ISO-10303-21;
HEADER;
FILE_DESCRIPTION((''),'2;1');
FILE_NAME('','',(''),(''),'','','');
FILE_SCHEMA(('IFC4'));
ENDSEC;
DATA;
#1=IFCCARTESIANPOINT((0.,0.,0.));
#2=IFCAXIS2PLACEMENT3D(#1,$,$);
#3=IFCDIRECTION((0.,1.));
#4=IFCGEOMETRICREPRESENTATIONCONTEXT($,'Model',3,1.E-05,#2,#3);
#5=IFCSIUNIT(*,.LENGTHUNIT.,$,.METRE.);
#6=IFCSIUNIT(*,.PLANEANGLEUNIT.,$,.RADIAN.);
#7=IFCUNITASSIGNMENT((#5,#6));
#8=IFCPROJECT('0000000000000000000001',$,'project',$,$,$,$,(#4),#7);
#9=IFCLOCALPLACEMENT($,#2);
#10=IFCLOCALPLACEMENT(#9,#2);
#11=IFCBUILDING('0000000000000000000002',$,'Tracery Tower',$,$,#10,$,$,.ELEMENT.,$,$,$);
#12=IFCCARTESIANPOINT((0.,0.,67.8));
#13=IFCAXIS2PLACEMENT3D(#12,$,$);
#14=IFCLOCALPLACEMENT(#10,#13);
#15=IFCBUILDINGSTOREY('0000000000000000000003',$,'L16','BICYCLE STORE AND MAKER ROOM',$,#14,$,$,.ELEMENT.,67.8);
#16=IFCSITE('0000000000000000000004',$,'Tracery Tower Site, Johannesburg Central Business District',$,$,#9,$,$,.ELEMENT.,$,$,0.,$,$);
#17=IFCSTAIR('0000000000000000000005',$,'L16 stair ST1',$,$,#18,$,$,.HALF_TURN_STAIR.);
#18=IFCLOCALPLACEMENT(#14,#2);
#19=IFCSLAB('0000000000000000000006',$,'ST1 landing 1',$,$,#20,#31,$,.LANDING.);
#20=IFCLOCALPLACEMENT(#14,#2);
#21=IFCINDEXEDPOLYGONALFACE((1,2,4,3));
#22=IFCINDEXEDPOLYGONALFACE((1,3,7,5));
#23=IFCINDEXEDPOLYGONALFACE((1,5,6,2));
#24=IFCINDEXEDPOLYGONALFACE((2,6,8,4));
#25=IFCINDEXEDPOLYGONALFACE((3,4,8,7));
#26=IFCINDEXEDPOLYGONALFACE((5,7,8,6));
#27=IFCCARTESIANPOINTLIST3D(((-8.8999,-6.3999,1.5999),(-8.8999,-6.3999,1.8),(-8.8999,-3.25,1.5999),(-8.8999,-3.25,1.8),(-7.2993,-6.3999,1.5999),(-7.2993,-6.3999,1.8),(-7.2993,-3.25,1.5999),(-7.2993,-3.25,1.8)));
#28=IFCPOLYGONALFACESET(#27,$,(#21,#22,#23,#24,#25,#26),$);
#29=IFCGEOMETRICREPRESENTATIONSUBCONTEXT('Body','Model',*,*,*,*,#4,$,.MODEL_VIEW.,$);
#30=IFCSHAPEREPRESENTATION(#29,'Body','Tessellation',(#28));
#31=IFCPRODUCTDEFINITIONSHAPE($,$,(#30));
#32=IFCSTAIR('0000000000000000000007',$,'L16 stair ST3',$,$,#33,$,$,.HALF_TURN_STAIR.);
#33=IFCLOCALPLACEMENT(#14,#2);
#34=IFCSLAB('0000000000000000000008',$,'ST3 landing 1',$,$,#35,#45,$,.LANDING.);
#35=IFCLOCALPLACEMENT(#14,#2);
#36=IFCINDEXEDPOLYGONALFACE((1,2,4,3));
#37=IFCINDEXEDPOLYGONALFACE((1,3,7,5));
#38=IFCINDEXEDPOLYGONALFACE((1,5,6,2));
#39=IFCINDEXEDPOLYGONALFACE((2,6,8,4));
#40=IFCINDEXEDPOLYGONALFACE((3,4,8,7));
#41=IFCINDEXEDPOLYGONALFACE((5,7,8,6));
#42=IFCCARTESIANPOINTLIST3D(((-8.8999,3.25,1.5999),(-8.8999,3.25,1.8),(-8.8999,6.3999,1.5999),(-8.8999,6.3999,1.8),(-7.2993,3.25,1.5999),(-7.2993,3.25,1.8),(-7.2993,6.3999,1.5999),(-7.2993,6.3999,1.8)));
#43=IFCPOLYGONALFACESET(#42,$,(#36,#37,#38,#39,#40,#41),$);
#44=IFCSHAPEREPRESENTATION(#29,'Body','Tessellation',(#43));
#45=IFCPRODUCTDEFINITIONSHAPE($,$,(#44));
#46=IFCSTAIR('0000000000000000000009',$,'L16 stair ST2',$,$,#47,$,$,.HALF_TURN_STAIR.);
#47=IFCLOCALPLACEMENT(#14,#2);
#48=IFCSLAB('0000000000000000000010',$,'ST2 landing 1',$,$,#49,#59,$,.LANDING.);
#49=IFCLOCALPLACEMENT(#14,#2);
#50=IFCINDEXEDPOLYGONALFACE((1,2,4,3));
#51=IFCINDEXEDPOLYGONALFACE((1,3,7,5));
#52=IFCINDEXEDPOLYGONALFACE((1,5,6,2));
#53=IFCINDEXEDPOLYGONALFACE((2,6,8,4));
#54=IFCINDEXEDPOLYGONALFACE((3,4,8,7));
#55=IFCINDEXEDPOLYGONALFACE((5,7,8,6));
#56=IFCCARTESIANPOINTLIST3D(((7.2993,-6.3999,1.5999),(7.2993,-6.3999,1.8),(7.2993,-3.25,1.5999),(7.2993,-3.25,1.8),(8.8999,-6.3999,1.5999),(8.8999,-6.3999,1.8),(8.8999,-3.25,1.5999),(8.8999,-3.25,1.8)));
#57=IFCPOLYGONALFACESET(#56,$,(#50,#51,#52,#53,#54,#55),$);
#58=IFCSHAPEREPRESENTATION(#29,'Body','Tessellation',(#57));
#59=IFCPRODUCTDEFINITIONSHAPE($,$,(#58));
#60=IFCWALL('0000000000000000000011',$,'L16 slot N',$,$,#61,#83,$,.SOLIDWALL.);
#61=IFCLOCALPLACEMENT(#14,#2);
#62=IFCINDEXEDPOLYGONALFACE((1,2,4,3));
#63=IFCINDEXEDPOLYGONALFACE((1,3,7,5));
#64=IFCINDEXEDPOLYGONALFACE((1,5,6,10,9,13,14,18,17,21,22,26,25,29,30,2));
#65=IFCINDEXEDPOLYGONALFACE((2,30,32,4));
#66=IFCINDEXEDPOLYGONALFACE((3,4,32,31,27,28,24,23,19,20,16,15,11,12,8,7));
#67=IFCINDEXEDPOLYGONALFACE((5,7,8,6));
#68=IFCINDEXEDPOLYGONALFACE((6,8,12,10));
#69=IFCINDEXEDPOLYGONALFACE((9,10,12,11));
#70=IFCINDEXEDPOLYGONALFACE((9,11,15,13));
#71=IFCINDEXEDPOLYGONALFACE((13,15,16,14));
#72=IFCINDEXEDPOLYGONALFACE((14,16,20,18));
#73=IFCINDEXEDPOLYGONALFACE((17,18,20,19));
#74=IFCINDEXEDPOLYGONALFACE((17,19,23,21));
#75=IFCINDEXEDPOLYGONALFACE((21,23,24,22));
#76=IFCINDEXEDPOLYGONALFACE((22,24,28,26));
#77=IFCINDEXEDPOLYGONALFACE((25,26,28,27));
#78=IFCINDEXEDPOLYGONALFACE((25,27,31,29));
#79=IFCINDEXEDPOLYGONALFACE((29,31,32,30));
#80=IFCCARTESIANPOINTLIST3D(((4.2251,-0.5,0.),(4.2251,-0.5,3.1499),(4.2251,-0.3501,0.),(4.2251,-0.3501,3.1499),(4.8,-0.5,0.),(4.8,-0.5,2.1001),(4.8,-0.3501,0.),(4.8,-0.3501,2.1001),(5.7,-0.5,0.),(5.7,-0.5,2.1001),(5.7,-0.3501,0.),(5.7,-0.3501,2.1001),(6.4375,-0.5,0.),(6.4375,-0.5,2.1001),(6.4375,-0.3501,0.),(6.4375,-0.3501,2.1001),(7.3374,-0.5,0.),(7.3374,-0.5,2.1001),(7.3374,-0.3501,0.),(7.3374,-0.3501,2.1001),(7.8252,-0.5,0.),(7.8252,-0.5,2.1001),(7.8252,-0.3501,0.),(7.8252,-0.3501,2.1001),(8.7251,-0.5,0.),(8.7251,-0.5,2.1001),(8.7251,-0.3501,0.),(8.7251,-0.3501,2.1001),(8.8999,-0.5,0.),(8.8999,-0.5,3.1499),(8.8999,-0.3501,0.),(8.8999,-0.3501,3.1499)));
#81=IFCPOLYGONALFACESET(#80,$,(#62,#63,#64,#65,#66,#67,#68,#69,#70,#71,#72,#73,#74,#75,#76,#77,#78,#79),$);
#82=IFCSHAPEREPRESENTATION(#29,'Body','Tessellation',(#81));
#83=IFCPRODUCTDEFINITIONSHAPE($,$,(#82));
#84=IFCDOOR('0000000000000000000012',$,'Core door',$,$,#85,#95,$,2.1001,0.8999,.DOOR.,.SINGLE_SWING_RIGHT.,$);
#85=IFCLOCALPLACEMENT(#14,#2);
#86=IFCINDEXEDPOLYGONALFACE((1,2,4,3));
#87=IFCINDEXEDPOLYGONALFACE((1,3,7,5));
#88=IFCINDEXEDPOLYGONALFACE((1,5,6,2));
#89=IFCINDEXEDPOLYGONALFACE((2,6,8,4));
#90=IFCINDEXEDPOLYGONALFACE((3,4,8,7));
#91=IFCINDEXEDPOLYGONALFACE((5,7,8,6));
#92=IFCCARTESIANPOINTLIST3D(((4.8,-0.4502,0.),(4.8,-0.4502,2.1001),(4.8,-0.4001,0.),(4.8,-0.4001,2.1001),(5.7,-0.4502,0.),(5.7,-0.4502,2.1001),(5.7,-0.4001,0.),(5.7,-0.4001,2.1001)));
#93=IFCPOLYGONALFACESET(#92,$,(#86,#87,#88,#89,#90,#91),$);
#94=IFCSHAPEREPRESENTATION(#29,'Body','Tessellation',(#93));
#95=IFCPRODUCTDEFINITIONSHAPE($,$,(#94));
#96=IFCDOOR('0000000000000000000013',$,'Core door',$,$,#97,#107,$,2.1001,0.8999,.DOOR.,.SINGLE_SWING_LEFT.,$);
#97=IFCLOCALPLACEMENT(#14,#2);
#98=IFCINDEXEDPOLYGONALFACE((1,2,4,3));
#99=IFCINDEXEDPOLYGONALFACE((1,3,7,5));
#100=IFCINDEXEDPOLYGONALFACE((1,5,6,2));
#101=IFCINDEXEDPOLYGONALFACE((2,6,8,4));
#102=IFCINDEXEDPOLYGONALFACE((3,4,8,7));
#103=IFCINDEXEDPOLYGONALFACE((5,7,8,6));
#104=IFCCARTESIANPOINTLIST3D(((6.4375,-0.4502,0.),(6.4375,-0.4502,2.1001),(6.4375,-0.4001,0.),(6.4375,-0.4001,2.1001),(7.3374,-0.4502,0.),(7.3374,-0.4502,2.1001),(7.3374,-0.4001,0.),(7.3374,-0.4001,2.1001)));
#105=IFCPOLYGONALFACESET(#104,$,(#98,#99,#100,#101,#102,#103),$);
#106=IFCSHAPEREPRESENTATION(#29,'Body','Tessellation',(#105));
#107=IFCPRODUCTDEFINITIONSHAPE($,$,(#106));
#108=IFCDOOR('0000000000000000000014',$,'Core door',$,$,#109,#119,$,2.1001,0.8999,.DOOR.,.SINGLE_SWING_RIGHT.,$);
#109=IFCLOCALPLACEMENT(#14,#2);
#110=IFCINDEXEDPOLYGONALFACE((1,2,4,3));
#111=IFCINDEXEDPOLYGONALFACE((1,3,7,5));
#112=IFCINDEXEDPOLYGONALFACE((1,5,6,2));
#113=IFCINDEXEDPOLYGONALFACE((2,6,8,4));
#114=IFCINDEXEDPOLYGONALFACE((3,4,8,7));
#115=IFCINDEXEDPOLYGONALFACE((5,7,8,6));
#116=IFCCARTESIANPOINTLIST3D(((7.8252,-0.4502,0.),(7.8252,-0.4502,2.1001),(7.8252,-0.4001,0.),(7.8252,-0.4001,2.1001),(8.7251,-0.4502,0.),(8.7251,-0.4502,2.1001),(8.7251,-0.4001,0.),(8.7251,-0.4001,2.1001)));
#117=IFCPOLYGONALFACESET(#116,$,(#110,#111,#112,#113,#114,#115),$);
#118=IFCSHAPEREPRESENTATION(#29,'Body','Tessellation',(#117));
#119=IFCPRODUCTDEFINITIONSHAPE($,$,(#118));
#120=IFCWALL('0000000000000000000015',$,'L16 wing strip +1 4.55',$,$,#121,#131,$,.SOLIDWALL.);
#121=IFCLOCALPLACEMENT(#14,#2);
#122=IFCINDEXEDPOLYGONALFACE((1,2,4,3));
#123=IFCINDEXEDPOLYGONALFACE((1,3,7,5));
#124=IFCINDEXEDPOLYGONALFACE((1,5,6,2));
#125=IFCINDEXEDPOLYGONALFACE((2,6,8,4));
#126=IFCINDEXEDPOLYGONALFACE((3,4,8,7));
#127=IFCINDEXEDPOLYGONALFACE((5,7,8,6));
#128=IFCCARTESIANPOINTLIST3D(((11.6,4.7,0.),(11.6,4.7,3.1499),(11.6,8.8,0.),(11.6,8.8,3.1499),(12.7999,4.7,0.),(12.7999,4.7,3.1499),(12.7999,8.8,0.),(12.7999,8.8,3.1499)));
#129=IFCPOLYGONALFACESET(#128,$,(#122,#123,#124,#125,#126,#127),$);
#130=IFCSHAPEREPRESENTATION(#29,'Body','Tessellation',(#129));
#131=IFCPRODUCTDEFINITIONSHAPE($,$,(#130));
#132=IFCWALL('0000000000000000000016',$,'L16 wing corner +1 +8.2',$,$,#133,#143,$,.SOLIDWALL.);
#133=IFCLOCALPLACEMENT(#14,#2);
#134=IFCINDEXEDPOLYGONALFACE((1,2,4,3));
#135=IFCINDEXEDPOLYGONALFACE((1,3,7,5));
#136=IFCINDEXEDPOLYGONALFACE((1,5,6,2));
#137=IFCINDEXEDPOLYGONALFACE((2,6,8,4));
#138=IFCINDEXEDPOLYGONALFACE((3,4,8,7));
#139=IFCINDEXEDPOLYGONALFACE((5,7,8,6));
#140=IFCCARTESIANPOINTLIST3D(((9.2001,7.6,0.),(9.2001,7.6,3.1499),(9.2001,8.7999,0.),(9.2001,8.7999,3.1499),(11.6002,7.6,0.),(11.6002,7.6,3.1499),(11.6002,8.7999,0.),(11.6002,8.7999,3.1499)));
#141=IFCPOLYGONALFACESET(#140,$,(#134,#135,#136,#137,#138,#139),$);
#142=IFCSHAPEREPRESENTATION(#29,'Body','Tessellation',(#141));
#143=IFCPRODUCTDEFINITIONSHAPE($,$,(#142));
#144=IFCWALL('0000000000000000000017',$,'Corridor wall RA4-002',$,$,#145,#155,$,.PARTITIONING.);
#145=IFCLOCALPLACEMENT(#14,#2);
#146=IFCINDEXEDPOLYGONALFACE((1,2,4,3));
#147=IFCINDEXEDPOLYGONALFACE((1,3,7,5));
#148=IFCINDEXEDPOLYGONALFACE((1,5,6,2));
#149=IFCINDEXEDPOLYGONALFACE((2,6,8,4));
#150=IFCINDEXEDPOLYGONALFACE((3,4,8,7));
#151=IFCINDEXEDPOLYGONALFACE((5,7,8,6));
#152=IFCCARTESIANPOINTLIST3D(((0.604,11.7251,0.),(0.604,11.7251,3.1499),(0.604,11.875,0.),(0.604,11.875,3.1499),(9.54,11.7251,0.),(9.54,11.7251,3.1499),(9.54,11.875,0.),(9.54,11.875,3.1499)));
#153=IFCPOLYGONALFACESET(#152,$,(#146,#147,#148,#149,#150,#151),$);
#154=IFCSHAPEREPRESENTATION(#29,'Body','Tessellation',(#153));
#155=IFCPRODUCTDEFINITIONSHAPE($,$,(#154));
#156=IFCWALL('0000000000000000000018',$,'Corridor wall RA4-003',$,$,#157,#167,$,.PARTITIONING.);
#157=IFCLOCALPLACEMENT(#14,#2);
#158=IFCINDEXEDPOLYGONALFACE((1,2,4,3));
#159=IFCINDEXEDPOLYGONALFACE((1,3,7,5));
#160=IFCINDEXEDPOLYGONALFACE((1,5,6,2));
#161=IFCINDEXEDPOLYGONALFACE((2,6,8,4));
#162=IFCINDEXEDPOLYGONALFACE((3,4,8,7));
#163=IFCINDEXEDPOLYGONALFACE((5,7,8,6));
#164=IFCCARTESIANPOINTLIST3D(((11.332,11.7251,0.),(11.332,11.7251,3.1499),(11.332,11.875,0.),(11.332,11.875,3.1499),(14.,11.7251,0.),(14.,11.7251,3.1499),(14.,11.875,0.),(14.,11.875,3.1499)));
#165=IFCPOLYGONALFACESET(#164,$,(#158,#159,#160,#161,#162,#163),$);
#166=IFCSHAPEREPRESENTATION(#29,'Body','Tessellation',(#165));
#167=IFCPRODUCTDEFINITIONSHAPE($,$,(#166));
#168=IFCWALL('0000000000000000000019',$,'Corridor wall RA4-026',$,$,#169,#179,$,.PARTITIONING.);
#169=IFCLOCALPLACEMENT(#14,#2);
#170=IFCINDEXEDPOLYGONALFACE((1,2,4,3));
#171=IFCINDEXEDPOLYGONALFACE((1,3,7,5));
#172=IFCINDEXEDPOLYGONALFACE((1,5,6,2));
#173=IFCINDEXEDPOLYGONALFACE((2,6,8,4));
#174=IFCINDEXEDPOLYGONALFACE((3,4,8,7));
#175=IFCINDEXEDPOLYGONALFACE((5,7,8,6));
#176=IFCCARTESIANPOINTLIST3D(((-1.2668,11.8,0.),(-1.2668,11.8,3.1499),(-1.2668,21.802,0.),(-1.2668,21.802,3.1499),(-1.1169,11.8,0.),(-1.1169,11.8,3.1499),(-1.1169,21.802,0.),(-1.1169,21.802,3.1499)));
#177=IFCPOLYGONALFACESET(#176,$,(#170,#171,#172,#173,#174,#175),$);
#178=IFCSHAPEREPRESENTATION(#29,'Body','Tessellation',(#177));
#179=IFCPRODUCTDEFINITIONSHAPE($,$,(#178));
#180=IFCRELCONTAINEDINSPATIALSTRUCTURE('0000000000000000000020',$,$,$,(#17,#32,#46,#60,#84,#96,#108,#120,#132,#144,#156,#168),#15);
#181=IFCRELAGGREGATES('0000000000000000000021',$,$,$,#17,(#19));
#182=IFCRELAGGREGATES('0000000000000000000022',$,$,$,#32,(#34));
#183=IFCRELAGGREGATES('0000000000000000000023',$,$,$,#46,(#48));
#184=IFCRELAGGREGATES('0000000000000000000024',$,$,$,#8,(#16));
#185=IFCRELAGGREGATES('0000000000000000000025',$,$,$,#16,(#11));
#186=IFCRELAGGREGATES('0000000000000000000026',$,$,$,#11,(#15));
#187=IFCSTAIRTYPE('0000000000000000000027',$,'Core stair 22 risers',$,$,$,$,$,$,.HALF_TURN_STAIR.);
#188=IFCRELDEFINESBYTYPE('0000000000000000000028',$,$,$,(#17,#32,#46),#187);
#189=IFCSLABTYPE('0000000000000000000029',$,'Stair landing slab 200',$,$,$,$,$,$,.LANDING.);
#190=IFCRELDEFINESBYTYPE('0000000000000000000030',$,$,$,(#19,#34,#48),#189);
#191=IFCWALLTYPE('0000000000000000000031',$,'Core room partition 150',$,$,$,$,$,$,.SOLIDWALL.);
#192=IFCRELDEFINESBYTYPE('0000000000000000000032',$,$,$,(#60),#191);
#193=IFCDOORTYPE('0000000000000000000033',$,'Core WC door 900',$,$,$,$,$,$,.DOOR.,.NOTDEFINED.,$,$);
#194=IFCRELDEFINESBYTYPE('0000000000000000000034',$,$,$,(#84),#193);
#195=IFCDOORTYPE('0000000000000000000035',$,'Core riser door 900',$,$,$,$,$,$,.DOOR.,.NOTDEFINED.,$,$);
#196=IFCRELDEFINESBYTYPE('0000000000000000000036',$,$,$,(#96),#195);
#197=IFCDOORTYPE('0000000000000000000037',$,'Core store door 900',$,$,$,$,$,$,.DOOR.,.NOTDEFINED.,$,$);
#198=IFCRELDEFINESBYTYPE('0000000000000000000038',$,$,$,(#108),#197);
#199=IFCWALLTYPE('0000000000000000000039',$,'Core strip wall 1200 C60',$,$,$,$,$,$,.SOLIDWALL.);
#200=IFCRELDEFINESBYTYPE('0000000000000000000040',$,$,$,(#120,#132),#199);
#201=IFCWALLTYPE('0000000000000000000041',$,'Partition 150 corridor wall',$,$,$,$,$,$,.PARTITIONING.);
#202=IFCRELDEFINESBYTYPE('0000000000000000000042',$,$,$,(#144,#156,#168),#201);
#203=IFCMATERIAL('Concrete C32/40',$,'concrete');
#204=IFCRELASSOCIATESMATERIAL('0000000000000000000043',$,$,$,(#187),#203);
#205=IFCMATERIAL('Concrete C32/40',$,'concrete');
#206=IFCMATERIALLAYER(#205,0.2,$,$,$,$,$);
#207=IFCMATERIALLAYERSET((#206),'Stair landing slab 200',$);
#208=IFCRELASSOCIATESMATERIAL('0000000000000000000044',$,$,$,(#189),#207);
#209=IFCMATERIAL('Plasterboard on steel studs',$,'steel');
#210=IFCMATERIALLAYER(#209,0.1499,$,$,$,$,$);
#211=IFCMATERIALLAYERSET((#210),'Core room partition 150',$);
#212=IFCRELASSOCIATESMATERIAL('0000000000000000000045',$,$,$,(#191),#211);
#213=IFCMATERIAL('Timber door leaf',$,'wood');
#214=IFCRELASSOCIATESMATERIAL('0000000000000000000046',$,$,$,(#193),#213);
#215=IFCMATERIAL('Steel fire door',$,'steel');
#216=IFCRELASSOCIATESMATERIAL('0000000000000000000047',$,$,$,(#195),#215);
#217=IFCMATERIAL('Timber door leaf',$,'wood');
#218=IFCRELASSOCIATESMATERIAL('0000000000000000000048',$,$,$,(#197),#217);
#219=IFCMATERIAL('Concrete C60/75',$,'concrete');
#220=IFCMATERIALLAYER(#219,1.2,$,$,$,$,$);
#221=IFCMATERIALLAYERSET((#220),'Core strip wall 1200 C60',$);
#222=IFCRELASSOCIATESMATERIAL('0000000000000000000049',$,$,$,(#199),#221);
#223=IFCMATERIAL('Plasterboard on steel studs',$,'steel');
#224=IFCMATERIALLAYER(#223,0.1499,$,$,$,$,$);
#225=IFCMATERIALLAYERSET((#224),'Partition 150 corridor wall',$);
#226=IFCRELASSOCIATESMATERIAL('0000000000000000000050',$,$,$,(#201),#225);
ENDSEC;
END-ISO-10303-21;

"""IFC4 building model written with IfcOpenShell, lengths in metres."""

from ifc_helpers import new_model, si_unit, direction, frame, frame_2d, origin, place, context, subcontext, project, spatial, polyline, rectangle, outline, extrude, material, layer, layer_set, type_object, element, fill, aggregate, save


model = new_model("IFC4")

# Units and contexts
model_context = context("Model", 3, precision=1e-05, world=origin(), true_north=direction((0.0, 1.0)))
body_context = subcontext(model_context, "Body", "Model", "MODEL_VIEW")
ifc_project = project(units=[si_unit("LENGTHUNIT", "METRE"), si_unit("PLANEANGLEUNIT", "RADIAN")], contexts=[model_context])

# Site, building, storey
site_placement = place(None, origin())
site = spatial("IfcSite", under=ifc_project, at=site_placement, Name="Tracery Tower Site, Johannesburg Central Business District", CompositionType="ELEMENT", RefElevation=0.0)
building_placement = place(site_placement, origin())
building = spatial("IfcBuilding", under=site, at=building_placement, Name="Tracery Tower", CompositionType="ELEMENT")
storey_placement = place(building_placement, frame((0.0, 0.0, 67.8)))
storey = spatial("IfcBuildingStorey", under=building, at=storey_placement, Name="L16", Description="BICYCLE STORE AND MAKER ROOM", CompositionType="ELEMENT", Elevation=67.8)

# Stairs, slabs
ifc_material_1 = material(Name="Concrete C32/40", Category="concrete")
stair_type = type_object("IfcStairType", Name="Core stair 22 risers", PredefinedType="HALF_TURN_STAIR", material=ifc_material_1)
stair_1_placement = place(storey_placement, origin())
stair_1 = element("IfcStair", 1, at=stair_1_placement, inside=storey, type_object=stair_type, Name="L16 stair ST1", PredefinedType="HALF_TURN_STAIR")
ifc_material_2 = material(Name="Concrete C32/40", Category="concrete")
ifc_layer_1 = layer(ifc_material_2, 0.2)
ifc_layer_set_1 = layer_set([ifc_layer_1], Name="Stair landing slab 200")
slab_type_1 = type_object("IfcSlabType", Name="Stair landing slab 200", PredefinedType="LANDING", material=ifc_layer_set_1)
slab_1_placement = place(storey_placement, frame((0.0, 0.0, 1.5999)))
slab_1 = element("IfcSlab", 2, at=slab_1_placement, type_object=slab_type_1, Name="ST1 landing 1", PredefinedType="LANDING", context=body_context, shape_type="SweptSolid", body=[
    extrude(outline(polyline([(-7.2993, -3.25), (-8.8999, -3.25), (-8.8999, -6.3999), (-7.2993, -6.3999), (-7.2993, -3.25)])), origin(), (0.0, 0.0, 1.0), 0.2002),
])
aggregate(stair_1, [slab_1])
stair_2_placement = place(storey_placement, origin())
stair_2 = element("IfcStair", 3, at=stair_2_placement, inside=storey, type_object=stair_type, Name="L16 stair ST3", PredefinedType="HALF_TURN_STAIR")
slab_2_placement = place(storey_placement, frame((0.0, 0.0, 1.5999)))
slab_2 = element("IfcSlab", 4, at=slab_2_placement, type_object=slab_type_1, Name="ST3 landing 1", PredefinedType="LANDING", context=body_context, shape_type="SweptSolid", body=[
    extrude(outline(polyline([(-7.2993, 6.3999), (-8.8999, 6.3999), (-8.8999, 3.25), (-7.2993, 3.25), (-7.2993, 6.3999)])), origin(), (0.0, 0.0, 1.0), 0.2002),
])
aggregate(stair_2, [slab_2])
stair_3_placement = place(storey_placement, origin())
stair_3 = element("IfcStair", 5, at=stair_3_placement, inside=storey, type_object=stair_type, Name="L16 stair ST2", PredefinedType="HALF_TURN_STAIR")
slab_3_placement = place(storey_placement, frame((0.0, 0.0, 1.5999)))
slab_3 = element("IfcSlab", 6, at=slab_3_placement, type_object=slab_type_1, Name="ST2 landing 1", PredefinedType="LANDING", context=body_context, shape_type="SweptSolid", body=[
    extrude(outline(polyline([(7.2993, -6.3999), (8.8999, -6.3999), (8.8999, -3.25), (7.2993, -3.25), (7.2993, -6.3999)])), origin(), (0.0, 0.0, 1.0), 0.2002),
])
aggregate(stair_3, [slab_3])

# Wall, openings, doors
ifc_material_3 = material(Name="Plasterboard on steel studs", Category="steel")
ifc_layer_2 = layer(ifc_material_3, 0.1499)
ifc_layer_set_2 = layer_set([ifc_layer_2], Name="Core room partition 150")
wall_type_1 = type_object("IfcWallType", Name="Core room partition 150", PredefinedType="SOLIDWALL", material=ifc_layer_set_2)
wall_1_placement = place(storey_placement, frame((4.2251, -0.425, 0.0), z_axis=(0.0, 0.0, 1.0), x_axis=(1.0, 0.0, 0.0)))
wall_1 = element("IfcWall", 7, at=wall_1_placement, inside=storey, type_object=wall_type_1, Name="L16 slot N", PredefinedType="SOLIDWALL", context=body_context, shape_type="SweptSolid", body=[
    extrude(rectangle(XDim=4.6748, YDim=0.1499, at=frame_2d((2.3374, 0.0))), origin(), (0.0, 0.0, 1.0), 3.1499),
])
opening_1_placement = place(wall_1_placement, frame((0.575, 0.0, 0.0)))
opening_1 = element("IfcOpeningElement", 8, at=opening_1_placement, cuts=wall_1, PredefinedType="OPENING", context=body_context, shape_type="SweptSolid", body=[
    extrude(rectangle(XDim=0.8999, YDim=2.1001, at=frame_2d((0.45, 1.05))), frame((0.0, 0.075, 0.0), z_axis=(0.0, -1.0, 0.0), x_axis=(1.0, 0.0, 0.0)), (0.0, 0.0, 1.0), 0.1499),
])
opening_2_placement = place(wall_1_placement, frame((2.2124, 0.0, 0.0)))
opening_2 = element("IfcOpeningElement", 9, at=opening_2_placement, cuts=wall_1, PredefinedType="OPENING", context=body_context, shape_type="SweptSolid", body=[
    extrude(rectangle(XDim=0.8999, YDim=2.1001, at=frame_2d((0.45, 1.05))), frame((0.0, 0.075, 0.0), z_axis=(0.0, -1.0, 0.0), x_axis=(1.0, 0.0, 0.0)), (0.0, 0.0, 1.0), 0.1499),
])
opening_3_placement = place(wall_1_placement, frame((3.6001, 0.0, 0.0)))
opening_3 = element("IfcOpeningElement", 10, at=opening_3_placement, cuts=wall_1, PredefinedType="OPENING", context=body_context, shape_type="SweptSolid", body=[
    extrude(rectangle(XDim=0.8999, YDim=2.1001, at=frame_2d((0.45, 1.05))), frame((0.0, 0.075, 0.0), z_axis=(0.0, -1.0, 0.0), x_axis=(1.0, 0.0, 0.0)), (0.0, 0.0, 1.0), 0.1499),
])
ifc_material_4 = material(Name="Timber door leaf", Category="wood")
door_type_1 = type_object("IfcDoorType", Name="Core WC door 900", OperationType="NOTDEFINED", PredefinedType="DOOR", material=ifc_material_4)
door_1_placement = place(opening_1_placement, origin())
door_1 = element("IfcDoor", 11, at=door_1_placement, inside=storey, type_object=door_type_1, Name="Core door", OperationType="SINGLE_SWING_RIGHT", OverallHeight=2.1001, OverallWidth=0.8999, PredefinedType="DOOR", context=body_context, shape_type="SweptSolid", body=[
    extrude(rectangle(XDim=0.8999, YDim=2.1001, at=frame_2d((0.45, 1.05))), frame((0.0, 0.0249, 0.0), z_axis=(0.0, -1.0, 0.0), x_axis=(1.0, 0.0, 0.0)), (0.0, 0.0, 1.0), 0.05),
])
fill(opening_1, door_1)
ifc_material_5 = material(Name="Steel fire door", Category="steel")
door_type_2 = type_object("IfcDoorType", Name="Core riser door 900", OperationType="NOTDEFINED", PredefinedType="DOOR", material=ifc_material_5)
door_2_placement = place(opening_2_placement, origin())
door_2 = element("IfcDoor", 12, at=door_2_placement, inside=storey, type_object=door_type_2, Name="Core door", OperationType="SINGLE_SWING_LEFT", OverallHeight=2.1001, OverallWidth=0.8999, PredefinedType="DOOR", context=body_context, shape_type="SweptSolid", body=[
    extrude(rectangle(XDim=0.8999, YDim=2.1001, at=frame_2d((0.45, 1.05))), frame((0.0, 0.0249, 0.0), z_axis=(0.0, -1.0, 0.0), x_axis=(1.0, 0.0, 0.0)), (0.0, 0.0, 1.0), 0.05),
])
fill(opening_2, door_2)
ifc_material_6 = material(Name="Timber door leaf", Category="wood")
door_type_3 = type_object("IfcDoorType", Name="Core store door 900", OperationType="NOTDEFINED", PredefinedType="DOOR", material=ifc_material_6)
door_3_placement = place(opening_3_placement, origin())
door_3 = element("IfcDoor", 13, at=door_3_placement, inside=storey, type_object=door_type_3, Name="Core door", OperationType="SINGLE_SWING_RIGHT", OverallHeight=2.1001, OverallWidth=0.8999, PredefinedType="DOOR", context=body_context, shape_type="SweptSolid", body=[
    extrude(rectangle(XDim=0.8999, YDim=2.1001, at=frame_2d((0.45, 1.05))), frame((0.0, 0.0249, 0.0), z_axis=(0.0, -1.0, 0.0), x_axis=(1.0, 0.0, 0.0)), (0.0, 0.0, 1.0), 0.05),
])
fill(opening_3, door_3)

# Walls
ifc_material_7 = material(Name="Concrete C60/75", Category="concrete")
ifc_layer_3 = layer(ifc_material_7, 1.2)
ifc_layer_set_3 = layer_set([ifc_layer_3], Name="Core strip wall 1200 C60")
wall_type_2 = type_object("IfcWallType", Name="Core strip wall 1200 C60", PredefinedType="SOLIDWALL", material=ifc_layer_set_3)
wall_2_placement = place(storey_placement, frame((12.2, 4.7, 0.0), z_axis=(0.0, 0.0, 1.0), x_axis=(0.0, 1.0, 0.0)))
element("IfcWall", 14, at=wall_2_placement, inside=storey, type_object=wall_type_2, Name="L16 wing strip +1 4.55", PredefinedType="SOLIDWALL", context=body_context, shape_type="SweptSolid", body=[
    extrude(rectangle(XDim=4.1001, YDim=1.2, at=frame_2d((2.05, 0.0))), origin(), (0.0, 0.0, 1.0), 3.1499),
])
wall_3_placement = place(storey_placement, frame((9.2, 8.2, 0.0), z_axis=(0.0, 0.0, 1.0), x_axis=(1.0, 0.0, 0.0)))
element("IfcWall", 15, at=wall_3_placement, inside=storey, type_object=wall_type_2, Name="L16 wing corner +1 +8.2", PredefinedType="SOLIDWALL", context=body_context, shape_type="SweptSolid", body=[
    extrude(rectangle(XDim=2.4001, YDim=1.2, at=frame_2d((1.2002, 0.0))), origin(), (0.0, 0.0, 1.0), 3.1499),
])
ifc_material_8 = material(Name="Plasterboard on steel studs", Category="steel")
ifc_layer_4 = layer(ifc_material_8, 0.1499)
ifc_layer_set_4 = layer_set([ifc_layer_4], Name="Partition 150 corridor wall")
wall_type_3 = type_object("IfcWallType", Name="Partition 150 corridor wall", PredefinedType="PARTITIONING", material=ifc_layer_set_4)
wall_4_placement = place(storey_placement, frame((0.604, 11.8, 0.0), z_axis=(0.0, 0.0, 1.0), x_axis=(1.0, 0.0, 0.0)))
element("IfcWall", 16, at=wall_4_placement, inside=storey, type_object=wall_type_3, Name="Corridor wall RA4-002", PredefinedType="PARTITIONING", context=body_context, shape_type="SweptSolid", body=[
    extrude(rectangle(XDim=8.936, YDim=0.1499, at=frame_2d((4.468, 0.0))), origin(), (0.0, 0.0, 1.0), 3.1499),
])
wall_5_placement = place(storey_placement, frame((11.332, 11.8, 0.0), z_axis=(0.0, 0.0, 1.0), x_axis=(1.0, 0.0, 0.0)))
element("IfcWall", 17, at=wall_5_placement, inside=storey, type_object=wall_type_3, Name="Corridor wall RA4-003", PredefinedType="PARTITIONING", context=body_context, shape_type="SweptSolid", body=[
    extrude(rectangle(XDim=2.668, YDim=0.1499, at=frame_2d((1.334, 0.0))), origin(), (0.0, 0.0, 1.0), 3.1499),
])
wall_6_placement = place(storey_placement, frame((-1.1919, 11.8, 0.0), z_axis=(0.0, 0.0, 1.0), x_axis=(0.0, 1.0, 0.0)))
element("IfcWall", 18, at=wall_6_placement, inside=storey, type_object=wall_type_3, Name="Corridor wall RA4-026", PredefinedType="PARTITIONING", context=body_context, shape_type="SweptSolid", body=[
    extrude(rectangle(XDim=10.002, YDim=0.1499, at=frame_2d((5.001, 0.0))), origin(), (0.0, 0.0, 1.0), 3.1499),
])

save(model, "model.ifc")
